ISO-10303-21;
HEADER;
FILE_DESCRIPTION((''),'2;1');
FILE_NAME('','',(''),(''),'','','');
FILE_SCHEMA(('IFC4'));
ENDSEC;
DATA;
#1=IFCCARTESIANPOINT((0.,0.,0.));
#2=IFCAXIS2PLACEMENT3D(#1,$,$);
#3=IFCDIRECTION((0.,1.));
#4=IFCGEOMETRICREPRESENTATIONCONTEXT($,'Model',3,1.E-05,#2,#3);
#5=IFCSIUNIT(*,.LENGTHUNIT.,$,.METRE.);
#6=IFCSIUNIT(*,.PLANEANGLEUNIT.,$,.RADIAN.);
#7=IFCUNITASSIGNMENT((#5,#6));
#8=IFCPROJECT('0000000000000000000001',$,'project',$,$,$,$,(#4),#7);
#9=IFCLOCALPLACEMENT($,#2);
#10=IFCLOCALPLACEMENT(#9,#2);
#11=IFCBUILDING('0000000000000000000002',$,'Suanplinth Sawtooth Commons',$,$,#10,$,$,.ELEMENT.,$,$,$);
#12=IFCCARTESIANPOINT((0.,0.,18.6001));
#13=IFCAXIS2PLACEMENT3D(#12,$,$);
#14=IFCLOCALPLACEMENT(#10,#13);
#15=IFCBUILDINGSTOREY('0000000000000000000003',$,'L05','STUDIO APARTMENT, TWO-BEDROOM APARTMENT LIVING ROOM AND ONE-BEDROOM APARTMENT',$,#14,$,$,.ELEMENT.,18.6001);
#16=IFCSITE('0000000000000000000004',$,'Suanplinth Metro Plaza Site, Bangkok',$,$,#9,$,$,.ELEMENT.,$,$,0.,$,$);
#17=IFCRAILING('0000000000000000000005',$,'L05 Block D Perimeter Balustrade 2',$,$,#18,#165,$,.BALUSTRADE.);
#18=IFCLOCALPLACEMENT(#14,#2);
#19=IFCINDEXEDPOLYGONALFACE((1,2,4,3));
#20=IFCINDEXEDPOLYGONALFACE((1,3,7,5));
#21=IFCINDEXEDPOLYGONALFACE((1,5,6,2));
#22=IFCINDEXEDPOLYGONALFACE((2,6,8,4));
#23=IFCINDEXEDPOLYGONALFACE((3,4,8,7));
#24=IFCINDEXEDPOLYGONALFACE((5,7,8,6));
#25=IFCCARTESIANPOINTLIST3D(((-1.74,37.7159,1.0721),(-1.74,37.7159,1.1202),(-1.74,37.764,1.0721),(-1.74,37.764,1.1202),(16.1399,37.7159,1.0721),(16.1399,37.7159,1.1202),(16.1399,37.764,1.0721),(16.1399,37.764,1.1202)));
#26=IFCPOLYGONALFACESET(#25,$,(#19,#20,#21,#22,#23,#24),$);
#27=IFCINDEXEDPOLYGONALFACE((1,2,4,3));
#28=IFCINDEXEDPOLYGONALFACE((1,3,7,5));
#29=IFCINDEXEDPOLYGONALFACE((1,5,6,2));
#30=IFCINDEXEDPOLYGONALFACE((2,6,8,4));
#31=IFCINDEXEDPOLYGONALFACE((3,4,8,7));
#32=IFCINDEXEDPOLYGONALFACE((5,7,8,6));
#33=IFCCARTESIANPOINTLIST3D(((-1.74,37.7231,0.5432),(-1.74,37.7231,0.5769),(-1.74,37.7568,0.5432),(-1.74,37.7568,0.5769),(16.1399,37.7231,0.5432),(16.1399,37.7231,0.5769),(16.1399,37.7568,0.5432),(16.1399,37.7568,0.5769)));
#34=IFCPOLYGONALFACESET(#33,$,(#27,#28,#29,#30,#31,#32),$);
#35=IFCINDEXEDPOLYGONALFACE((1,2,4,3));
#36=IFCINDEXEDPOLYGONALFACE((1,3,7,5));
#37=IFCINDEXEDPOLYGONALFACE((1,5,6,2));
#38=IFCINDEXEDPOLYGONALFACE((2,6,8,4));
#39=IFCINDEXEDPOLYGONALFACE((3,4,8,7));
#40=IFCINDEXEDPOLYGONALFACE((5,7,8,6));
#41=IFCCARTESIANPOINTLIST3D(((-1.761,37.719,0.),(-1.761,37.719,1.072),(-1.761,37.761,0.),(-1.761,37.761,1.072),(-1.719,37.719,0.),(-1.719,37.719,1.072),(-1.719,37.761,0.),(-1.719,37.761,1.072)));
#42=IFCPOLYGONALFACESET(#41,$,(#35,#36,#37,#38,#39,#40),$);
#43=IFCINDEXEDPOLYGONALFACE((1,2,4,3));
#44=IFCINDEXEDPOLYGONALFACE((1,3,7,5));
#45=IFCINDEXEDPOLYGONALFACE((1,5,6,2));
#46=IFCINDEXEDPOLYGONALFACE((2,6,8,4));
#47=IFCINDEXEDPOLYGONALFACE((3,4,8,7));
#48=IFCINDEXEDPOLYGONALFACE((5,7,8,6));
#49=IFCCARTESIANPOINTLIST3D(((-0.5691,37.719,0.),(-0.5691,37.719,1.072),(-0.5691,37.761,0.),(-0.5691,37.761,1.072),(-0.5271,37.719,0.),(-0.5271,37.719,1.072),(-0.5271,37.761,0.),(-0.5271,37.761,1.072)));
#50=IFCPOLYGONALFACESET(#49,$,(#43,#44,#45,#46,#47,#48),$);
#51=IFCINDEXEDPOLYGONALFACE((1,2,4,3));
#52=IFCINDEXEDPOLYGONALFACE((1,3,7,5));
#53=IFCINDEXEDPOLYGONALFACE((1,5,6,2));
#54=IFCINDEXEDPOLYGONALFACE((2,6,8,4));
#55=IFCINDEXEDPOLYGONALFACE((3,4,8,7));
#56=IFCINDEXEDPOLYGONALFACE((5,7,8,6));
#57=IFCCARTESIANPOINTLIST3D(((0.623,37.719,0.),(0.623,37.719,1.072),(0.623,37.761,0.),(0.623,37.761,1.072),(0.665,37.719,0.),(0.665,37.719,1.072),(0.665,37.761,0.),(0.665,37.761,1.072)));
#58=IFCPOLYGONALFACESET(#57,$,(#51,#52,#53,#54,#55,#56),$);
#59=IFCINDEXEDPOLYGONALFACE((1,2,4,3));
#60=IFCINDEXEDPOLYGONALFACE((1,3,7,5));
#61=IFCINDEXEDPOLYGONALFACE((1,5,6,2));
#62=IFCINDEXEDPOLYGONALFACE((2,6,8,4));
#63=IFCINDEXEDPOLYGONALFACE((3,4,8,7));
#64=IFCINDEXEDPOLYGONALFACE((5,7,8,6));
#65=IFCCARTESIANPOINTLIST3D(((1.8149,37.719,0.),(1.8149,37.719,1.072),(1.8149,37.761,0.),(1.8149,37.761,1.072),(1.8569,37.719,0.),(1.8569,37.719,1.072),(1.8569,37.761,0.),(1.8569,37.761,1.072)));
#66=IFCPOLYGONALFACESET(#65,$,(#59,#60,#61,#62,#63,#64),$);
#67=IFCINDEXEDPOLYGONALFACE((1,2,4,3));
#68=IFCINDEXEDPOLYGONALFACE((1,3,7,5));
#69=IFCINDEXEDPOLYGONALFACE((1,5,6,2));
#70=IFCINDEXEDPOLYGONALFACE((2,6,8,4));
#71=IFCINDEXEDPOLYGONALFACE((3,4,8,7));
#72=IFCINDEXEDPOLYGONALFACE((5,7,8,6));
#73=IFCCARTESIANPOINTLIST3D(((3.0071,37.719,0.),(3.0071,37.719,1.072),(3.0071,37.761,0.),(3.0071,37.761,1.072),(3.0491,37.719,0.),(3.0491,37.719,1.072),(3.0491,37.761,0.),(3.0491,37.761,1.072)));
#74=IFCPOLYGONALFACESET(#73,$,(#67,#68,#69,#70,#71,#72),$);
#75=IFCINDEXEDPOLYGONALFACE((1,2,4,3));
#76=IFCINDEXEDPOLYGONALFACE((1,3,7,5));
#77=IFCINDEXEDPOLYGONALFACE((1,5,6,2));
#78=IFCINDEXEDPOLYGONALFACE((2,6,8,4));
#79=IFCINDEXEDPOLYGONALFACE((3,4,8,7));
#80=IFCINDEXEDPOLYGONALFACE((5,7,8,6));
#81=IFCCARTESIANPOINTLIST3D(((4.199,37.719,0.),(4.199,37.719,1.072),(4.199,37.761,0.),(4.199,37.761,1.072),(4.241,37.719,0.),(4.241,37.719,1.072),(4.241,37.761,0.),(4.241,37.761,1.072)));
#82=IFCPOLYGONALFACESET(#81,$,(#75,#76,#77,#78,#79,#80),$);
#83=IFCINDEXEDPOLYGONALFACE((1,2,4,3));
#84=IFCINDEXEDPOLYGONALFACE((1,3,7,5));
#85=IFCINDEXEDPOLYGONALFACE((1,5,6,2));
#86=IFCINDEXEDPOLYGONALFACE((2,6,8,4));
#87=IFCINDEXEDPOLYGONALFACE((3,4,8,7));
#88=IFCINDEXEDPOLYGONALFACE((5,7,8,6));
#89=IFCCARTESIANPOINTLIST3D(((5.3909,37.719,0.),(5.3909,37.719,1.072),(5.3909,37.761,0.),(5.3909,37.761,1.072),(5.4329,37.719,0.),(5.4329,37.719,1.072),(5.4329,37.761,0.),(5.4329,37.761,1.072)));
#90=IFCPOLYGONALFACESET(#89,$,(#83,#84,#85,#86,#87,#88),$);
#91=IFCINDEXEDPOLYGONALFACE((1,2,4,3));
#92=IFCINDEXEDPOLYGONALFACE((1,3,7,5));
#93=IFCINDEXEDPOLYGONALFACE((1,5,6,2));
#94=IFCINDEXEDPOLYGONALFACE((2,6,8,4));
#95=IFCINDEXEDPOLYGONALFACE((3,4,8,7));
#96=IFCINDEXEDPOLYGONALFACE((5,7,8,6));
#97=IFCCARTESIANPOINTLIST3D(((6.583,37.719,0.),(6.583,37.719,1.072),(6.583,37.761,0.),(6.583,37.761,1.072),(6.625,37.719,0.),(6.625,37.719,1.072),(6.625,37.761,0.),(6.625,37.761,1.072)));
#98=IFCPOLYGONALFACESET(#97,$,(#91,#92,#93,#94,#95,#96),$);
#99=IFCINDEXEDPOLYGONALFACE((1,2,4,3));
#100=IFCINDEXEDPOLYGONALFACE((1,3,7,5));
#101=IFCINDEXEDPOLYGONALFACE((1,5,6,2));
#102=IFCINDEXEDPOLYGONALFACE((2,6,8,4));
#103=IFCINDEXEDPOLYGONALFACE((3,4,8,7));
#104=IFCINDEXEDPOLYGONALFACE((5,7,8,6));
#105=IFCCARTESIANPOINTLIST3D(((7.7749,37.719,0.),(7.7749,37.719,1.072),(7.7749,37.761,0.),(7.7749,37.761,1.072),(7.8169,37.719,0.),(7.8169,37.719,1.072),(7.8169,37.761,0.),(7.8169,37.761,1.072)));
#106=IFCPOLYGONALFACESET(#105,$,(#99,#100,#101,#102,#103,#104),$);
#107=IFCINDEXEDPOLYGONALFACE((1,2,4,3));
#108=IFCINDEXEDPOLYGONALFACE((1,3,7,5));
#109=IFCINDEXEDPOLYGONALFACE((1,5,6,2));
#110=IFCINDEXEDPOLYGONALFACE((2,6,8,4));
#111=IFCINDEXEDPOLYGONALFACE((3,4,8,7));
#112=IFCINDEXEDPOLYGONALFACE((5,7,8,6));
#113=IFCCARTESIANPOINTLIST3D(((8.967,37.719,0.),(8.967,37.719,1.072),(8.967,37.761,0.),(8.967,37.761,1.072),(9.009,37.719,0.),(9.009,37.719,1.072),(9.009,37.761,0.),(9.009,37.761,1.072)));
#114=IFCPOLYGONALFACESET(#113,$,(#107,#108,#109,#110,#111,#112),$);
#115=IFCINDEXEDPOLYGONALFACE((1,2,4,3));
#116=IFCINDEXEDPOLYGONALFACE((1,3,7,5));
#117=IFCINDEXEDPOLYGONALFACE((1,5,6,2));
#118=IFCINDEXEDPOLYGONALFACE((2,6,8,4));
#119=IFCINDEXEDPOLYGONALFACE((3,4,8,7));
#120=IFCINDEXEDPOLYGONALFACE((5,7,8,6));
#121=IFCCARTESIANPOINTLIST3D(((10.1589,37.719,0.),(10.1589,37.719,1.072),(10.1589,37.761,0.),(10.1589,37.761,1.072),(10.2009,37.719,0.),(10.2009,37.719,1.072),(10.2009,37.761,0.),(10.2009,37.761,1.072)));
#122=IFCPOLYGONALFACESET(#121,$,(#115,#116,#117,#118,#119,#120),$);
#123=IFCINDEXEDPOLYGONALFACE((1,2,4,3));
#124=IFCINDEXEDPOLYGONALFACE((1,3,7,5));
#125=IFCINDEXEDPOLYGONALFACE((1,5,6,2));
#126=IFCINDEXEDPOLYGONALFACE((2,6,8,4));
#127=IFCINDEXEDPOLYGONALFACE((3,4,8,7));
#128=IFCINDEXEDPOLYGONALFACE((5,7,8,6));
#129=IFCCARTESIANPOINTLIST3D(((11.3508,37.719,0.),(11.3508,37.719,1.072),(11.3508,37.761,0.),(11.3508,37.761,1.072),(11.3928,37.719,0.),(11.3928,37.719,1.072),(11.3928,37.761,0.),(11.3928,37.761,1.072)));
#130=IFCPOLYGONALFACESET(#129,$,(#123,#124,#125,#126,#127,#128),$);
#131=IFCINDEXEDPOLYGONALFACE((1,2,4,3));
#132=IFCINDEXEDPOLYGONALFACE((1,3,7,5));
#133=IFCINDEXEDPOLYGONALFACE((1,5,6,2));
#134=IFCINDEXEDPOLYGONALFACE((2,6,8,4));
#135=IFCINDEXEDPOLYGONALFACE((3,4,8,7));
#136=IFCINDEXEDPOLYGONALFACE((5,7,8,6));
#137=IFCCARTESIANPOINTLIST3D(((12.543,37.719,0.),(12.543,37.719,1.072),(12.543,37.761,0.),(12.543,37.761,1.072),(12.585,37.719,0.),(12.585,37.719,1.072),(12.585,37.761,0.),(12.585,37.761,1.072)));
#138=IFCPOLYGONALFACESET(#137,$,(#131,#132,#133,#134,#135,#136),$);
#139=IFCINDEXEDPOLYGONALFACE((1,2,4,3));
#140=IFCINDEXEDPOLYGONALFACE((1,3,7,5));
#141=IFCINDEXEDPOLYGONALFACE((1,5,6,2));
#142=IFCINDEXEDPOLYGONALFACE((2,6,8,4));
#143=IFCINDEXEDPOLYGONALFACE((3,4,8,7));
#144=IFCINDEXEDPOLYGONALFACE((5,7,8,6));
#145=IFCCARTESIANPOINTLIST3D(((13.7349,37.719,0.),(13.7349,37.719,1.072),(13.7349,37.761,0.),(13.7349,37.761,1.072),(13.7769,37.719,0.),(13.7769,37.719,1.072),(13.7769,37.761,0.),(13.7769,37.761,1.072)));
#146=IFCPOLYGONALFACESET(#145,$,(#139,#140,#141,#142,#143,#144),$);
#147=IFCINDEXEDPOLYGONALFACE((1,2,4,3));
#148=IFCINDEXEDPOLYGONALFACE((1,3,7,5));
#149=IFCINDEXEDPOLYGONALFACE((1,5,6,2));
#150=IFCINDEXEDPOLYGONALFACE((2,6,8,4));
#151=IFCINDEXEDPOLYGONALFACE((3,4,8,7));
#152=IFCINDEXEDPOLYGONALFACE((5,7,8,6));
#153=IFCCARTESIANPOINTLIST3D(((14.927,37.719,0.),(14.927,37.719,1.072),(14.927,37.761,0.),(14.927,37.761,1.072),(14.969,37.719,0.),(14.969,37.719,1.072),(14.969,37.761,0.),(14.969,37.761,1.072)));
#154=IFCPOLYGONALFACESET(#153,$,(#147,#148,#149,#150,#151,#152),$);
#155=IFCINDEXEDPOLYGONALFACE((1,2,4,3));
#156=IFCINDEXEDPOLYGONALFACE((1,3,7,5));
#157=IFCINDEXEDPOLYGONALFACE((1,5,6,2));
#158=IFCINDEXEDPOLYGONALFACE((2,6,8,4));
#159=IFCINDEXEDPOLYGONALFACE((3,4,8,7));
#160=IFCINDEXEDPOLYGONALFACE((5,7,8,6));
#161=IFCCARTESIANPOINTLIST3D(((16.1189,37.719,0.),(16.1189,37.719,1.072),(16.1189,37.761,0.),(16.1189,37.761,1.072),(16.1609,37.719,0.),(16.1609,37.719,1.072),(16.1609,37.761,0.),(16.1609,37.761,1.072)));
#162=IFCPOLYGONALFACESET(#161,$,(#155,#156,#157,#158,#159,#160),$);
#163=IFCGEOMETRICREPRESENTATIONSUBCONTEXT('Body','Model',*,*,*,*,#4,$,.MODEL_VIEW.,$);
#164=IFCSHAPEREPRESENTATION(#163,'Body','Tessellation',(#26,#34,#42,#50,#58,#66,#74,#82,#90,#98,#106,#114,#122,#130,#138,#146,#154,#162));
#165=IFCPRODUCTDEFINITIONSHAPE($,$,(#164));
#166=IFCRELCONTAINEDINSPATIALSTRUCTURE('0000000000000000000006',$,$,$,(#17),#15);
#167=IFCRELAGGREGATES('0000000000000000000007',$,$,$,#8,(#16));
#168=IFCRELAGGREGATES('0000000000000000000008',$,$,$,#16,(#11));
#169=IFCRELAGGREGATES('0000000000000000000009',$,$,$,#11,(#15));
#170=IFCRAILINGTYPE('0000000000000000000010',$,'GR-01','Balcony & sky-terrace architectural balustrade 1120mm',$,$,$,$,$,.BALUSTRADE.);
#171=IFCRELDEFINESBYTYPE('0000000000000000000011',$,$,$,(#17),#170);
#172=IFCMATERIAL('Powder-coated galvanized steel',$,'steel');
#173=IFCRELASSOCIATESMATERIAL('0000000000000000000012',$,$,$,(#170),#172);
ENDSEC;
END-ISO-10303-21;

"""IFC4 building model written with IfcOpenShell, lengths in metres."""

from ifc_helpers import new_model, si_unit, direction, frame, origin, origin_2d, place, context, subcontext, project, spatial, rectangle, extrude, material, type_object, element, save


model = new_model("IFC4")

# Units and contexts
model_context = context("Model", 3, precision=1e-05, world=origin(), true_north=direction((0.0, 1.0)))
body_context = subcontext(model_context, "Body", "Model", "MODEL_VIEW")
ifc_project = project(units=[si_unit("LENGTHUNIT", "METRE"), si_unit("PLANEANGLEUNIT", "RADIAN")], contexts=[model_context])

# Site, building, storey
site_placement = place(None, origin())
site = spatial("IfcSite", under=ifc_project, at=site_placement, Name="Suanplinth Metro Plaza Site, Bangkok", CompositionType="ELEMENT", RefElevation=0.0)
building_placement = place(site_placement, origin())
building = spatial("IfcBuilding", under=site, at=building_placement, Name="Suanplinth Sawtooth Commons", CompositionType="ELEMENT")
storey_placement = place(building_placement, frame((0.0, 0.0, 18.6001)))
storey = spatial("IfcBuildingStorey", under=building, at=storey_placement, Name="L05", Description="STUDIO APARTMENT, TWO-BEDROOM APARTMENT LIVING ROOM AND ONE-BEDROOM APARTMENT", CompositionType="ELEMENT", Elevation=18.6001)

# Railing
ifc_material_1 = material(Name="Powder-coated galvanized steel", Category="steel")
railing_type = type_object("IfcRailingType", Name="GR-01", Description="Balcony & sky-terrace architectural balustrade 1120mm", PredefinedType="BALUSTRADE", material=ifc_material_1)
railing_1_placement = place(storey_placement, frame((-1.74, 37.74, 0.0)))
element("IfcRailing", 1, at=railing_1_placement, inside=storey, type_object=railing_type, Name="L05 Block D Perimeter Balustrade 2", PredefinedType="BALUSTRADE", context=body_context, shape_type="SweptSolid", body=[
    extrude(rectangle(XDim=0.0481, YDim=0.0481, at=origin_2d()), frame((0.0, 0.0, 1.0962), z_axis=(1.0, 0.0, 0.0), x_axis=(0.0, 1.0, 0.0)), (0.0, 0.0, 1.0), 17.8799),
    extrude(rectangle(XDim=0.0337, YDim=0.0337, at=origin_2d()), frame((0.0, 0.0, 0.5601), z_axis=(1.0, 0.0, 0.0), x_axis=(0.0, 1.0, 0.0)), (0.0, 0.0, 1.0), 17.8799),
    extrude(rectangle(XDim=0.042, YDim=0.042, at=origin_2d()), origin(), (0.0, 0.0, 1.0), 1.072),
    extrude(rectangle(XDim=0.042, YDim=0.042, at=origin_2d()), frame((1.1919, 0.0, 0.0)), (0.0, 0.0, 1.0), 1.072),
    extrude(rectangle(XDim=0.042, YDim=0.042, at=origin_2d()), frame((2.384, 0.0, 0.0)), (0.0, 0.0, 1.0), 1.072),
    extrude(rectangle(XDim=0.042, YDim=0.042, at=origin_2d()), frame((3.5759, 0.0, 0.0)), (0.0, 0.0, 1.0), 1.072),
    extrude(rectangle(XDim=0.042, YDim=0.042, at=origin_2d()), frame((4.7681, 0.0, 0.0)), (0.0, 0.0, 1.0), 1.072),
    extrude(rectangle(XDim=0.042, YDim=0.042, at=origin_2d()), frame((5.96, 0.0, 0.0)), (0.0, 0.0, 1.0), 1.072),
    extrude(rectangle(XDim=0.042, YDim=0.042, at=origin_2d()), frame((7.1519, 0.0, 0.0)), (0.0, 0.0, 1.0), 1.072),
    extrude(rectangle(XDim=0.042, YDim=0.042, at=origin_2d()), frame((8.344, 0.0, 0.0)), (0.0, 0.0, 1.0), 1.072),
    extrude(rectangle(XDim=0.042, YDim=0.042, at=origin_2d()), frame((9.5359, 0.0, 0.0)), (0.0, 0.0, 1.0), 1.072),
    extrude(rectangle(XDim=0.042, YDim=0.042, at=origin_2d()), frame((10.728, 0.0, 0.0)), (0.0, 0.0, 1.0), 1.072),
    extrude(rectangle(XDim=0.042, YDim=0.042, at=origin_2d()), frame((11.9199, 0.0, 0.0)), (0.0, 0.0, 1.0), 1.072),
    extrude(rectangle(XDim=0.042, YDim=0.042, at=origin_2d()), frame((13.1118, 0.0, 0.0)), (0.0, 0.0, 1.0), 1.072),
    extrude(rectangle(XDim=0.042, YDim=0.042, at=origin_2d()), frame((14.304, 0.0, 0.0)), (0.0, 0.0, 1.0), 1.072),
    extrude(rectangle(XDim=0.042, YDim=0.042, at=origin_2d()), frame((15.4958, 0.0, 0.0)), (0.0, 0.0, 1.0), 1.072),
    extrude(rectangle(XDim=0.042, YDim=0.042, at=origin_2d()), frame((16.688, 0.0, 0.0)), (0.0, 0.0, 1.0), 1.072),
    extrude(rectangle(XDim=0.042, YDim=0.042, at=origin_2d()), frame((17.8799, 0.0, 0.0)), (0.0, 0.0, 1.0), 1.072),
])

save(model, "model.ifc")
